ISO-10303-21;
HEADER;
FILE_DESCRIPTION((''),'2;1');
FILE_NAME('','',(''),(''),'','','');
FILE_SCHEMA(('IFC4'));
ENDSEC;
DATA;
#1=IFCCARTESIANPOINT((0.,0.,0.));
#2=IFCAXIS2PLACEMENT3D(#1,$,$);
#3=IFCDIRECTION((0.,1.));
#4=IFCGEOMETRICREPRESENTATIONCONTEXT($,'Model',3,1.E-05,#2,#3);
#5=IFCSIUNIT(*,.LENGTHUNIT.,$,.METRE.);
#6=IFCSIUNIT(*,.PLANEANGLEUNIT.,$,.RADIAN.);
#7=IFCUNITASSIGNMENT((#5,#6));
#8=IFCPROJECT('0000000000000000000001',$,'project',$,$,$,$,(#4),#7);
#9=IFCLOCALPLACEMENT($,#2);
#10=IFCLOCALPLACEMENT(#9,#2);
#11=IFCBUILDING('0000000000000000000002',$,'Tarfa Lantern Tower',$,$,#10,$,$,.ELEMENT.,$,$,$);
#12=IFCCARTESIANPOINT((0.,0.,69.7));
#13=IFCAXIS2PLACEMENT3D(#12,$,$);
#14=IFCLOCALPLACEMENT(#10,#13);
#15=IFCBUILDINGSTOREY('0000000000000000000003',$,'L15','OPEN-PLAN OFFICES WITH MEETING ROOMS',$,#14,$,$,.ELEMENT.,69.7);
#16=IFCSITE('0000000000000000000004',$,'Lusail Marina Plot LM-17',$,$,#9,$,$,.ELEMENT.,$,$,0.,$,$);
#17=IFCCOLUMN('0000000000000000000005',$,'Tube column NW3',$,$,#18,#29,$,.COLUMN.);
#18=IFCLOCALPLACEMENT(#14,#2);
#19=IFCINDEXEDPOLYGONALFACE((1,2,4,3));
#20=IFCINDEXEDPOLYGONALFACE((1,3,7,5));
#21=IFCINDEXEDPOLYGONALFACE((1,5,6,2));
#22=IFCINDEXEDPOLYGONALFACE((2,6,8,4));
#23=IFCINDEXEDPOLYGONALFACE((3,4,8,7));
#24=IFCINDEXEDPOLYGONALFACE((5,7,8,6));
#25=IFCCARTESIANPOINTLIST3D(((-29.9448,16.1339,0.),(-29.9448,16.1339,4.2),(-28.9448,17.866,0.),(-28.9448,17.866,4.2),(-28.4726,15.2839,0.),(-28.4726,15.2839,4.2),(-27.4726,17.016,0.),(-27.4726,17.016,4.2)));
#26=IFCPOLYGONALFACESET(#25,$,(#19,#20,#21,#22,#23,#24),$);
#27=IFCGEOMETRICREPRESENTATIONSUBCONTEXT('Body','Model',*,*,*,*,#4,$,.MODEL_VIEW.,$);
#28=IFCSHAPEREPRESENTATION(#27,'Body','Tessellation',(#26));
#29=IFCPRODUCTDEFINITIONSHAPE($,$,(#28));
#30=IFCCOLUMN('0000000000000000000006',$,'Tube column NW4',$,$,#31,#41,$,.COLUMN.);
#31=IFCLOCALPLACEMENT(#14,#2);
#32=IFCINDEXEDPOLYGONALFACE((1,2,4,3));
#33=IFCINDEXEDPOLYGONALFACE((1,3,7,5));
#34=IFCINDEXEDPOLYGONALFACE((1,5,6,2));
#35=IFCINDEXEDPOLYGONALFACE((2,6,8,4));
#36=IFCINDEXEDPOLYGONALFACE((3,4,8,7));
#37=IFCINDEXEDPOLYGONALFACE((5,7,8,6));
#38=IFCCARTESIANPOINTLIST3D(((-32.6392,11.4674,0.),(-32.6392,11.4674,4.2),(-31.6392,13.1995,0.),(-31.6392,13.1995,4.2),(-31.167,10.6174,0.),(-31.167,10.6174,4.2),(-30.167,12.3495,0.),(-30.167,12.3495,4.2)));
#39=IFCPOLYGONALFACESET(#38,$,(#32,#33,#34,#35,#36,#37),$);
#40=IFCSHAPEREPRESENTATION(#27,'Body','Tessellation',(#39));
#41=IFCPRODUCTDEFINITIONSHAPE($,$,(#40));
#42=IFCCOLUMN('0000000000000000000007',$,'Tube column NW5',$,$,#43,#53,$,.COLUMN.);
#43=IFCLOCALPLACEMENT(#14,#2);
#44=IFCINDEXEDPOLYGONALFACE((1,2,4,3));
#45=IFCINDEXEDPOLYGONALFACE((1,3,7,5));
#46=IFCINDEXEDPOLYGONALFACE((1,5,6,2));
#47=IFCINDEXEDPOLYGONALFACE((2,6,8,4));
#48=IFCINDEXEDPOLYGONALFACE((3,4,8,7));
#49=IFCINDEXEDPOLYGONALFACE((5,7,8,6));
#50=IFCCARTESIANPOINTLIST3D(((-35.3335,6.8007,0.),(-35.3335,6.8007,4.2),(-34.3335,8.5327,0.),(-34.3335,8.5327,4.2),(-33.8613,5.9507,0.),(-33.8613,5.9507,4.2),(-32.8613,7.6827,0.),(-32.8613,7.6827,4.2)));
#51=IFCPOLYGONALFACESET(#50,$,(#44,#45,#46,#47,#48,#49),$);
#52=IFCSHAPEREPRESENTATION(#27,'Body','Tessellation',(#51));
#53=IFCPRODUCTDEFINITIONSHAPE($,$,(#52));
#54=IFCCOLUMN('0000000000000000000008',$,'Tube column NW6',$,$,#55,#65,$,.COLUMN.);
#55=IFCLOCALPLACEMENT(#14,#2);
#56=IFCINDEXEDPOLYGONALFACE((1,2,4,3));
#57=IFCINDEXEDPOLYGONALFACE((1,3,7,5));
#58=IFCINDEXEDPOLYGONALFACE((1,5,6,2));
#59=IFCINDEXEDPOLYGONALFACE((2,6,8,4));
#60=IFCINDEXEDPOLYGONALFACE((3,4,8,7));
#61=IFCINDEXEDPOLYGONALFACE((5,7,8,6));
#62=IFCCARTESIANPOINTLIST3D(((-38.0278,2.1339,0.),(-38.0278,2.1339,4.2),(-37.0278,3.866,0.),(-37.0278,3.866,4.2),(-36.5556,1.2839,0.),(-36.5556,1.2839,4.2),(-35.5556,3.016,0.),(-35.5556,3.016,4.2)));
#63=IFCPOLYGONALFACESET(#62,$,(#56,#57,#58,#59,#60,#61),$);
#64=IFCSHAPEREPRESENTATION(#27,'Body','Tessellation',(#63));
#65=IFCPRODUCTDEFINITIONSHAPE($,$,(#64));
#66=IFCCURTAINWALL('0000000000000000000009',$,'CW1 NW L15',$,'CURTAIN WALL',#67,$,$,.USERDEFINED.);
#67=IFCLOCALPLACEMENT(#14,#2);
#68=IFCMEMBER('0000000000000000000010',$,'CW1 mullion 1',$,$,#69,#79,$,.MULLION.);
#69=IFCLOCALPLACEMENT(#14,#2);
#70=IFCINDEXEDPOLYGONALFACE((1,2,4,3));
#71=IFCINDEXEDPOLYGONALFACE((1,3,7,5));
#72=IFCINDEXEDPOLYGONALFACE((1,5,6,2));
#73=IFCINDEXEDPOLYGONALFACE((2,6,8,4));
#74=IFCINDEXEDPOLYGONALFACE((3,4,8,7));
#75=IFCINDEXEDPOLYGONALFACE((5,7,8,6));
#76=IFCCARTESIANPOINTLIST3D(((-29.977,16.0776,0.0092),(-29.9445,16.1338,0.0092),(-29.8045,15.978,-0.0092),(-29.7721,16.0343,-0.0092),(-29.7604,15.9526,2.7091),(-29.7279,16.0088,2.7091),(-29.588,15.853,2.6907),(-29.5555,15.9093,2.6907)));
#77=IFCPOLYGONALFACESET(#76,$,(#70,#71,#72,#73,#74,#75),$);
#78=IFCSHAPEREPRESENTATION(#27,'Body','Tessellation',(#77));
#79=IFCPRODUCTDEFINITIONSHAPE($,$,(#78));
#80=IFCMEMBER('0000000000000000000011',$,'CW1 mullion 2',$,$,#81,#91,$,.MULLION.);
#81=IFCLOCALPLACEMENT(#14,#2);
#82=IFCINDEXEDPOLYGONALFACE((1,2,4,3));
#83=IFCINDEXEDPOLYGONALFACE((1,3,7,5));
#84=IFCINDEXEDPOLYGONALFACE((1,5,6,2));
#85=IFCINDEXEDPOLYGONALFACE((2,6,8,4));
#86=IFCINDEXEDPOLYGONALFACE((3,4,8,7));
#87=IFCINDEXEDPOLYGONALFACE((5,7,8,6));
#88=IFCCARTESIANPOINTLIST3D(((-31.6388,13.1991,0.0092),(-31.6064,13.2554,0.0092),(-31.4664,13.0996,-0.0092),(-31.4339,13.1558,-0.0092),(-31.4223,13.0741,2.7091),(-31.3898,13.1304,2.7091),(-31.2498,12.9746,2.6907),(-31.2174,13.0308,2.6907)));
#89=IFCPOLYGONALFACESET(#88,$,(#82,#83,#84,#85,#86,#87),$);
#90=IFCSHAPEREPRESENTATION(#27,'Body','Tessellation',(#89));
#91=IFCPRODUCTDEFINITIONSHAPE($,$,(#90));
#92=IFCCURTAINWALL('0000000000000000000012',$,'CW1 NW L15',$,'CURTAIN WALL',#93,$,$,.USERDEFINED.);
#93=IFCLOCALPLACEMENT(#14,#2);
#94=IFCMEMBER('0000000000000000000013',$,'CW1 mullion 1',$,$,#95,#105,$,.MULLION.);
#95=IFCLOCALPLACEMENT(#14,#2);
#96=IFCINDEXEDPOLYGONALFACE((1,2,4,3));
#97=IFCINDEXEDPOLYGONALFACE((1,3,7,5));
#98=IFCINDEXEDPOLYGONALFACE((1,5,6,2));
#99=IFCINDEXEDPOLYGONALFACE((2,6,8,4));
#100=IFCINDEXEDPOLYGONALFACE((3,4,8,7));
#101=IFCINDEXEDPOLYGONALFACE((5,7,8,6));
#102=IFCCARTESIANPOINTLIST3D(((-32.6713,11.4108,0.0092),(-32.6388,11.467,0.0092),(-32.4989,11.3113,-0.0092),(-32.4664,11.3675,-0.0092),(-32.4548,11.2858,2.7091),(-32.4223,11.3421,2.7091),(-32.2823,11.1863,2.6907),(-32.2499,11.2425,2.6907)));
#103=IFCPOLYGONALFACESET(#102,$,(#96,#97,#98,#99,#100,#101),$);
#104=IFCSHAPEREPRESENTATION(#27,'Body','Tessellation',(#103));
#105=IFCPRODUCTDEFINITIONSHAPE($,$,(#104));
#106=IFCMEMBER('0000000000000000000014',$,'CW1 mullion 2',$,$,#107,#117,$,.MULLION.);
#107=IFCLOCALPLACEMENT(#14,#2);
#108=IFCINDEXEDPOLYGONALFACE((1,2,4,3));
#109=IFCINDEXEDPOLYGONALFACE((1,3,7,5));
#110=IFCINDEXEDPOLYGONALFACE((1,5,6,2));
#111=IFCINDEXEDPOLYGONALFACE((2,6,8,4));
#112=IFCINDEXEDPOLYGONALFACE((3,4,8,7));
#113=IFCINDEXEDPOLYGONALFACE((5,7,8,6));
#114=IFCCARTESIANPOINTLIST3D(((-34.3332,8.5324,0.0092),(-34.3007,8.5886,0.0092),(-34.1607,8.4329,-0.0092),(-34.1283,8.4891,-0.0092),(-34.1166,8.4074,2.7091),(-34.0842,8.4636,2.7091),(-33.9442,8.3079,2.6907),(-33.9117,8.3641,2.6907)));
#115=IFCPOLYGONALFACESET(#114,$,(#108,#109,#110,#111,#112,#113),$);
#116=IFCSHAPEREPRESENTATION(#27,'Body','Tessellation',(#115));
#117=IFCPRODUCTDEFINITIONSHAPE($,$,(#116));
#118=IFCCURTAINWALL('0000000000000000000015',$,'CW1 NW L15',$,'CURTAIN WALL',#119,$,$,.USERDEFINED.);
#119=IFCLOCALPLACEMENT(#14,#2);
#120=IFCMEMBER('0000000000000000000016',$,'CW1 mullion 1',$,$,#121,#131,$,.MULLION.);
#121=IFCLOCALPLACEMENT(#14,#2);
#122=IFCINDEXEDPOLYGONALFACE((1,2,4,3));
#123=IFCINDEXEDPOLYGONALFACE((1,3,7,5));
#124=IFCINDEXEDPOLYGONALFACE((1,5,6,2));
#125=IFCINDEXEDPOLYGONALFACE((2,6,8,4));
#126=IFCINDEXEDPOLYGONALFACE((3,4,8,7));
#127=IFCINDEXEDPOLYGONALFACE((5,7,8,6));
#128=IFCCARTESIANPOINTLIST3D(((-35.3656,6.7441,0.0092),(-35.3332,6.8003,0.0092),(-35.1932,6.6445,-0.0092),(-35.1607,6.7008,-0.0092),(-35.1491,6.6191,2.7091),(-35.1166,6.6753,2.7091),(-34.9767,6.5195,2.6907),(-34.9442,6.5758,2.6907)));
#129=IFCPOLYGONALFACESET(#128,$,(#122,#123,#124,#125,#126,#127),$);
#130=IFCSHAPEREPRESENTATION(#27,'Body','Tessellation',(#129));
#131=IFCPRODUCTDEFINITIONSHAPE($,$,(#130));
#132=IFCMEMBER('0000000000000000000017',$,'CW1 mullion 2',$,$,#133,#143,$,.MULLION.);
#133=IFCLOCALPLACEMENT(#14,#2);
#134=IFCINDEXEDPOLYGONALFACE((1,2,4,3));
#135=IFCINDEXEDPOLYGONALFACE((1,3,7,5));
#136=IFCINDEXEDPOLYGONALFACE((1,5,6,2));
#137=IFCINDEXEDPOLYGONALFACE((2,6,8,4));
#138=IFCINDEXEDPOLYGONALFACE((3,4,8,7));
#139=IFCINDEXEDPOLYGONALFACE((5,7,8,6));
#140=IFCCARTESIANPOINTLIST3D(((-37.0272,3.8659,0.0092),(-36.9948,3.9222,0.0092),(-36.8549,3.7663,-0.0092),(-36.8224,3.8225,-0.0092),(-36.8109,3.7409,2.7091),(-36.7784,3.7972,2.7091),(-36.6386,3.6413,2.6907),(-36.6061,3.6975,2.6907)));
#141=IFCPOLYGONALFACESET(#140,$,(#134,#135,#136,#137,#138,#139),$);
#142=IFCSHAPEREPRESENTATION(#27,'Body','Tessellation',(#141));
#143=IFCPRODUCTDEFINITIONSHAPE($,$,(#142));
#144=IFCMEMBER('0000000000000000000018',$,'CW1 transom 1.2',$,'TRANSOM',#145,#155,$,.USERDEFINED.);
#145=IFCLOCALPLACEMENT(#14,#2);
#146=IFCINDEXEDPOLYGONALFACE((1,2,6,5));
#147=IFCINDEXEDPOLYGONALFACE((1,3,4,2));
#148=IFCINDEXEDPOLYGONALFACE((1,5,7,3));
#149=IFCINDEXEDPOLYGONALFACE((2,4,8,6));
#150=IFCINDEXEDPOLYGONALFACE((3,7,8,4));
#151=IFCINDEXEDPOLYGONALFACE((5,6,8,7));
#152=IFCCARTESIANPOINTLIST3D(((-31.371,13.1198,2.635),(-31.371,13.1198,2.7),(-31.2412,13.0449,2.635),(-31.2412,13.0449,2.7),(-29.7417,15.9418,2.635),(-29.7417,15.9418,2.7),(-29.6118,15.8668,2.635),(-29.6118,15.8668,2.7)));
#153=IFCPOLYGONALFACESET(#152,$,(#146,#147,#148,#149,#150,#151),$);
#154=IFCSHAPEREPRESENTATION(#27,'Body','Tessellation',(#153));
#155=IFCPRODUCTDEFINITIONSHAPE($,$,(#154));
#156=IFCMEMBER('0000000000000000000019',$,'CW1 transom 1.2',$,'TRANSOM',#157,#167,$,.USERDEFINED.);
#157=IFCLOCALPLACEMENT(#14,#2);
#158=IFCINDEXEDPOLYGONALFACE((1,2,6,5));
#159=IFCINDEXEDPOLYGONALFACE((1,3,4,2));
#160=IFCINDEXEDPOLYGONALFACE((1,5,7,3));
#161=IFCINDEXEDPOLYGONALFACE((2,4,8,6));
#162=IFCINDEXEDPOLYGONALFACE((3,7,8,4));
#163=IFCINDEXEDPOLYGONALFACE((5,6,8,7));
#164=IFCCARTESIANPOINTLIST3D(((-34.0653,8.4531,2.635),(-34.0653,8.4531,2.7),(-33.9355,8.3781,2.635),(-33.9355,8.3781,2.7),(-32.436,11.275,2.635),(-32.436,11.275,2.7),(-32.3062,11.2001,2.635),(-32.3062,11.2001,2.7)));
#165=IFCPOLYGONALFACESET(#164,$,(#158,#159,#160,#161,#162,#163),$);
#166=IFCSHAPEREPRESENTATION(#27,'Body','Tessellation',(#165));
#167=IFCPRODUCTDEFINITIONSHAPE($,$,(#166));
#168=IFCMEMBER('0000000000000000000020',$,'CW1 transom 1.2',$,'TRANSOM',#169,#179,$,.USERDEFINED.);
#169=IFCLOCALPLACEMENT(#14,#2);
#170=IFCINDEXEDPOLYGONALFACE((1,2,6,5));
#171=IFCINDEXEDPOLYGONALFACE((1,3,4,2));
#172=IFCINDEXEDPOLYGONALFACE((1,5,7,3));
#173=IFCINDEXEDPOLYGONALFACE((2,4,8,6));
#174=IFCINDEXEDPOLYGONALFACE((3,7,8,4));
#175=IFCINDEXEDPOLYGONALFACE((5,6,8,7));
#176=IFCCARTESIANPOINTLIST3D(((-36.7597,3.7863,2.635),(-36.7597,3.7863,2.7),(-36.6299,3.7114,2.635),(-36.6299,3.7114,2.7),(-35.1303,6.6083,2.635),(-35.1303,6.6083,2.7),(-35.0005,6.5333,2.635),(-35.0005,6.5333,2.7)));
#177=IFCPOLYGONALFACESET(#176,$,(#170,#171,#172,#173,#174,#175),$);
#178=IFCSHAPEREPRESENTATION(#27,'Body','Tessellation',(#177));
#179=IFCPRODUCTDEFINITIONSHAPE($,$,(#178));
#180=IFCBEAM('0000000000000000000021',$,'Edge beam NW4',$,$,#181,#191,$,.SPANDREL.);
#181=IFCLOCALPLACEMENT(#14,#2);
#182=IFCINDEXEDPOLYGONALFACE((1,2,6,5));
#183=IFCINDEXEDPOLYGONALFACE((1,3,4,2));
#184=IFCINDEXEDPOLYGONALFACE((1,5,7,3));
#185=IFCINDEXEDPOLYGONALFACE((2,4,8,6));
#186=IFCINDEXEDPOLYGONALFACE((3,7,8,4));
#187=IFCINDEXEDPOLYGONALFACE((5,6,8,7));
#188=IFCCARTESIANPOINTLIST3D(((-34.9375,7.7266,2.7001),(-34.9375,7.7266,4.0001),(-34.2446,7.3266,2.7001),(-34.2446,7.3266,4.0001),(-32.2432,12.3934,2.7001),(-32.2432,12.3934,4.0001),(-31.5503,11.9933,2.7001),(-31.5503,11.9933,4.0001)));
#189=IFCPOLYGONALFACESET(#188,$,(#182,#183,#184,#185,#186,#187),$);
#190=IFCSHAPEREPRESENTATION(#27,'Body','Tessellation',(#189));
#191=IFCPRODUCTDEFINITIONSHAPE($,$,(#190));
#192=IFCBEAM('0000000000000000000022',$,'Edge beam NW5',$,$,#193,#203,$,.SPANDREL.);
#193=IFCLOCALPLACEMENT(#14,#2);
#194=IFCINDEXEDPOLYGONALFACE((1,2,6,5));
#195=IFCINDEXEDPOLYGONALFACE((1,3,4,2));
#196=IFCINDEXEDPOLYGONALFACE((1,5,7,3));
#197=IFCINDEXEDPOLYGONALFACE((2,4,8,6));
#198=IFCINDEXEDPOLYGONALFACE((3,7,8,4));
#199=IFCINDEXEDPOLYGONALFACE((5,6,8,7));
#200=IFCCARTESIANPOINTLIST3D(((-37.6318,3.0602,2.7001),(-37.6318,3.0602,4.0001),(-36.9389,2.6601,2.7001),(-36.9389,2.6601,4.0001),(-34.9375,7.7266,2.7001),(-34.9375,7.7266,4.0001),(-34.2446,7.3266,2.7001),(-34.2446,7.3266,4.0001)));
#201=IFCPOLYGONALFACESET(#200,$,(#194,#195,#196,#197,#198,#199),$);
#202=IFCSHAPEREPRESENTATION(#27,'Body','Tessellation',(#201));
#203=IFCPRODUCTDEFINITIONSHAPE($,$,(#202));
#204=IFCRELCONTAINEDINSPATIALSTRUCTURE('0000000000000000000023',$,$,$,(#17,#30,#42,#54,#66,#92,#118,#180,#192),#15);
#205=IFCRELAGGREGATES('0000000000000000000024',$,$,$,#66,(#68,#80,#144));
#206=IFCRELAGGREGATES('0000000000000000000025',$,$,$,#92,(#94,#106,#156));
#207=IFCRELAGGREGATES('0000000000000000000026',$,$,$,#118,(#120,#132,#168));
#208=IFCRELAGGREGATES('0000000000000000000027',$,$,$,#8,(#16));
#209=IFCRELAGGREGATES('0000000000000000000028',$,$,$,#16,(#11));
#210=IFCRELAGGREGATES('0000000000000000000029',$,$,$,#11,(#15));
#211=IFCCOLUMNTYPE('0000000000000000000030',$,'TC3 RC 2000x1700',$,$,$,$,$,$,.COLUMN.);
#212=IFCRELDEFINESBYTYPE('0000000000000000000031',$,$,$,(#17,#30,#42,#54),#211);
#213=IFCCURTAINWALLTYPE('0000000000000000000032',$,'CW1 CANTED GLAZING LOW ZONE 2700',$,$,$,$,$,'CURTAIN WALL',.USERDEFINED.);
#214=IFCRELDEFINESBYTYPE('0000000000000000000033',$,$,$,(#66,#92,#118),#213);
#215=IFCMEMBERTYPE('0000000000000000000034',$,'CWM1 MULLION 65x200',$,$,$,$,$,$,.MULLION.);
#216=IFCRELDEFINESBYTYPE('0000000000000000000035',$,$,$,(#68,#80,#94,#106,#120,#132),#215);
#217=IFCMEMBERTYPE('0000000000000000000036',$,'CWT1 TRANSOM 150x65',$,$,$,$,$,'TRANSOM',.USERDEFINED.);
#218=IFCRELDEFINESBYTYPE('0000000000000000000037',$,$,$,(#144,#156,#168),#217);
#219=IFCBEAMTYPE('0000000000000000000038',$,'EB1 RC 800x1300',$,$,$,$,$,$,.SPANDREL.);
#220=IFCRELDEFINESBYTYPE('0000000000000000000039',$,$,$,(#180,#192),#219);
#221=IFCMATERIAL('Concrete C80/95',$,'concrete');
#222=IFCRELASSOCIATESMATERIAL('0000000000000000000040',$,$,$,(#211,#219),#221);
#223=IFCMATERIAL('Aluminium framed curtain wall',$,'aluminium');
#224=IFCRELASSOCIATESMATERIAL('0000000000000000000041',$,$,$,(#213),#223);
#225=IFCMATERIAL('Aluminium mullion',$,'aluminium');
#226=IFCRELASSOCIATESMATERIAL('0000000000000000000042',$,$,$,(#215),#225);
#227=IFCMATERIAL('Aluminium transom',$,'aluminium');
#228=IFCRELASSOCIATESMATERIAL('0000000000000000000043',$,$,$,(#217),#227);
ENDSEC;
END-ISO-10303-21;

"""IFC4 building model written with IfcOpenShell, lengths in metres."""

from ifc_helpers import new_model, si_unit, direction, frame, origin, origin_2d, place, context, subcontext, project, spatial, rectangle, extrude, material, material_profile, profile_set, type_object, element, aggregate, save


model = new_model("IFC4")

# Units and contexts
model_context = context("Model", 3, precision=1e-05, world=origin(), true_north=direction((0.0, 1.0)))
body_context = subcontext(model_context, "Body", "Model", "MODEL_VIEW")
ifc_project = project(units=[si_unit("LENGTHUNIT", "METRE"), si_unit("PLANEANGLEUNIT", "RADIAN")], contexts=[model_context])

# Site, building, storey
site_placement = place(None, origin())
site = spatial("IfcSite", under=ifc_project, at=site_placement, Name="Lusail Marina Plot LM-17", CompositionType="ELEMENT", RefElevation=0.0)
building_placement = place(site_placement, origin())
building = spatial("IfcBuilding", under=site, at=building_placement, Name="Tarfa Lantern Tower", CompositionType="ELEMENT")
storey_placement = place(building_placement, frame((0.0, 0.0, 69.7)))
storey = spatial("IfcBuildingStorey", under=building, at=storey_placement, Name="L15", Description="OPEN-PLAN OFFICES WITH MEETING ROOMS", CompositionType="ELEMENT", Elevation=69.7)

# Columns
ifc_material_1 = material(Name="Concrete C80/95", Category="concrete")
ifc_material_profile_1 = material_profile(ifc_material_1, rectangle(XDim=2.0, YDim=1.7, at=origin_2d()), Name="RC 2000x1700")
ifc_profile_set_1 = profile_set([ifc_material_profile_1], Name="Concrete C80/95")
column_type = type_object("IfcColumnType", Name="TC3 RC 2000x1700", PredefinedType="COLUMN", material=ifc_profile_set_1)
for number, where, z_axis, x_axis, name in (
    (1, (-28.7087, 16.575, 0.0), (0.0, 0.0, 1.0), (-0.5, -0.866025, 0.0), "Tube column NW3"),
    (2, (-31.4031, 11.9084, 0.0), (0.0, 0.0, 1.0), (-0.5, -0.866025, 0.0), "Tube column NW4"),
    (3, (-34.0974, 7.2417, 0.0), (0.0, 0.0, 1.0), (-0.5, -0.866025, 0.0), "Tube column NW5"),
    (4, (-36.7917, 2.575, 0.0), (0.0, 0.0, 1.0), (-0.5, -0.866025, 0.0), "Tube column NW6"),
):
    element("IfcColumn", number, at=place(storey_placement, frame(where, z_axis=z_axis, x_axis=x_axis)), inside=storey, type_object=column_type, Name=name, PredefinedType="COLUMN", context=body_context, shape_type="SweptSolid", body=[
        extrude(rectangle(XDim=2.0, YDim=1.7, at=origin_2d()), origin(), (0.0, 0.0, 1.0), 4.2),
    ])

# Curtain walls, members
ifc_material_2 = material(Name="Aluminium framed curtain wall", Category="aluminium")
curtain_wall_type = type_object("IfcCurtainWallType", Name="CW1 CANTED GLAZING LOW ZONE 2700", ElementType="CURTAIN WALL", PredefinedType="USERDEFINED", material=ifc_material_2)
curtain_wall_1_placement = place(storey_placement, origin())
curtain_wall_1 = element("IfcCurtainWall", 5, at=curtain_wall_1_placement, inside=storey, type_object=curtain_wall_type, Name="CW1 NW L15", ObjectType="CURTAIN WALL", PredefinedType="USERDEFINED")
ifc_material_3 = material(Name="Aluminium mullion", Category="aluminium")
ifc_material_profile_2 = material_profile(ifc_material_3, rectangle(XDim=0.0649, YDim=0.2, at=origin_2d()), Name="AL MULLION 65x200")
ifc_profile_set_2 = profile_set([ifc_material_profile_2], Name="Aluminium mullion")
member_type_1 = type_object("IfcMemberType", Name="CWM1 MULLION 65x200", PredefinedType="MULLION", material=ifc_profile_set_2)
member_1_placement = place(storey_placement, frame((-29.8745, 16.0559, 0.0), z_axis=(0.079864, -0.0461, 0.995739), x_axis=(0.49992, 0.866072, 0.0)))
member_1 = element("IfcMember", 6, at=member_1_placement, type_object=member_type_1, Name="CW1 mullion 1", PredefinedType="MULLION", context=body_context, shape_type="SweptSolid", body=[
    extrude(rectangle(XDim=0.0649, YDim=0.2, at=origin_2d()), origin(), (0.0, 0.0, 1.0), 2.7114),
])
member_2_placement = place(storey_placement, frame((-31.5364, 13.1775, 0.0), z_axis=(0.079864, -0.0461, 0.995739), x_axis=(0.49992, 0.866072, 0.0)))
member_2 = element("IfcMember", 7, at=member_2_placement, type_object=member_type_1, Name="CW1 mullion 2", PredefinedType="MULLION", context=body_context, shape_type="SweptSolid", body=[
    extrude(rectangle(XDim=0.0649, YDim=0.2, at=origin_2d()), origin(), (0.0, 0.0, 1.0), 2.7114),
])
curtain_wall_2_placement = place(storey_placement, origin())
curtain_wall_2 = element("IfcCurtainWall", 8, at=curtain_wall_2_placement, inside=storey, type_object=curtain_wall_type, Name="CW1 NW L15", ObjectType="CURTAIN WALL", PredefinedType="USERDEFINED")
member_3_placement = place(storey_placement, frame((-32.5688, 11.3892, 0.0), z_axis=(0.079864, -0.0461, 0.995739), x_axis=(0.49992, 0.866072, 0.0)))
member_3 = element("IfcMember", 9, at=member_3_placement, type_object=member_type_1, Name="CW1 mullion 1", PredefinedType="MULLION", context=body_context, shape_type="SweptSolid", body=[
    extrude(rectangle(XDim=0.0649, YDim=0.2, at=origin_2d()), origin(), (0.0, 0.0, 1.0), 2.7114),
])
member_4_placement = place(storey_placement, frame((-34.2307, 8.5107, 0.0), z_axis=(0.079864, -0.0461, 0.995739), x_axis=(0.49992, 0.866072, 0.0)))
member_4 = element("IfcMember", 10, at=member_4_placement, type_object=member_type_1, Name="CW1 mullion 2", PredefinedType="MULLION", context=body_context, shape_type="SweptSolid", body=[
    extrude(rectangle(XDim=0.0649, YDim=0.2, at=origin_2d()), origin(), (0.0, 0.0, 1.0), 2.7114),
])
curtain_wall_3_placement = place(storey_placement, origin())
curtain_wall_3 = element("IfcCurtainWall", 11, at=curtain_wall_3_placement, inside=storey, type_object=curtain_wall_type, Name="CW1 NW L15", ObjectType="CURTAIN WALL", PredefinedType="USERDEFINED")
member_5_placement = place(storey_placement, frame((-35.2632, 6.7224, 0.0), z_axis=(0.079864, -0.0461, 0.995739), x_axis=(0.49992, 0.866072, 0.0)))
member_5 = element("IfcMember", 12, at=member_5_placement, type_object=member_type_1, Name="CW1 mullion 1", PredefinedType="MULLION", context=body_context, shape_type="SweptSolid", body=[
    extrude(rectangle(XDim=0.0649, YDim=0.2, at=origin_2d()), origin(), (0.0, 0.0, 1.0), 2.7114),
])
member_6_placement = place(storey_placement, frame((-36.9248, 3.8442, 0.0), z_axis=(0.079775, -0.0461, 0.995746), x_axis=(0.500343, 0.865827, 0.0)))
member_6 = element("IfcMember", 13, at=member_6_placement, type_object=member_type_1, Name="CW1 mullion 2", PredefinedType="MULLION", context=body_context, shape_type="SweptSolid", body=[
    extrude(rectangle(XDim=0.0649, YDim=0.2, at=origin_2d()), origin(), (0.0, 0.0, 1.0), 2.7114),
])

# Members
ifc_material_4 = material(Name="Aluminium transom", Category="aluminium")
ifc_material_profile_3 = material_profile(ifc_material_4, rectangle(XDim=0.1499, YDim=0.0649, at=origin_2d()), Name="AL TRANSOM 150x65")
ifc_profile_set_3 = profile_set([ifc_material_profile_3], Name="Aluminium transom")
member_type_2 = type_object("IfcMemberType", Name="CWT1 TRANSOM 150x65", ElementType="TRANSOM", PredefinedType="USERDEFINED", material=ifc_profile_set_3)
member_7_placement = place(storey_placement, frame((-29.6768, 15.9043, 2.6675), z_axis=(-0.500023, -0.866012, 0.0), x_axis=(0.866012, -0.500023, 0.0)))
member_7 = element("IfcMember", 14, at=member_7_placement, type_object=member_type_2, Name="CW1 transom 1.2", ObjectType="TRANSOM", PredefinedType="USERDEFINED", context=body_context, shape_type="SweptSolid", body=[
    extrude(rectangle(XDim=0.1499, YDim=0.0649, at=origin_2d()), origin(), (0.0, 0.0, 1.0), 3.2585),
])
member_8_placement = place(storey_placement, frame((-32.3711, 11.2375, 2.6675), z_axis=(-0.500023, -0.866012, 0.0), x_axis=(0.866012, -0.500023, 0.0)))
member_8 = element("IfcMember", 15, at=member_8_placement, type_object=member_type_2, Name="CW1 transom 1.2", ObjectType="TRANSOM", PredefinedType="USERDEFINED", context=body_context, shape_type="SweptSolid", body=[
    extrude(rectangle(XDim=0.1499, YDim=0.0649, at=origin_2d()), origin(), (0.0, 0.0, 1.0), 3.2585),
])
member_9_placement = place(storey_placement, frame((-35.0654, 6.5708, 2.6675), z_axis=(-0.500023, -0.866012, 0.0), x_axis=(0.866012, -0.500023, 0.0)))
member_9 = element("IfcMember", 16, at=member_9_placement, type_object=member_type_2, Name="CW1 transom 1.2", ObjectType="TRANSOM", PredefinedType="USERDEFINED", context=body_context, shape_type="SweptSolid", body=[
    extrude(rectangle(XDim=0.1499, YDim=0.0649, at=origin_2d()), origin(), (0.0, 0.0, 1.0), 3.2585),
])

# Beams
ifc_material_profile_4 = material_profile(ifc_material_1, rectangle(XDim=0.8, YDim=1.3, at=origin_2d()), Name="RC 800x1300")
ifc_profile_set_4 = profile_set([ifc_material_profile_4], Name="Concrete C80/95")
beam_type_1 = type_object("IfcBeamType", Name="EB1 RC 800x1300", PredefinedType="SPANDREL", material=ifc_profile_set_4)
beam_1_placement = place(storey_placement, frame((-31.8967, 12.1934, 3.3501), z_axis=(-0.499998, -0.866026, 0.0), x_axis=(0.866026, -0.499998, 0.0)))
element("IfcBeam", 17, at=beam_1_placement, inside=storey, type_object=beam_type_1, Name="Edge beam NW4", PredefinedType="SPANDREL", context=body_context, shape_type="SweptSolid", body=[
    extrude(rectangle(XDim=0.8, YDim=1.3, at=origin_2d()), origin(), (0.0, 0.0, 1.0), 5.3887),
])
beam_2_placement = place(storey_placement, frame((-34.5911, 7.5266, 3.3501), z_axis=(-0.500018, -0.866015, 0.0), x_axis=(0.866015, -0.500018, 0.0)))
element("IfcBeam", 18, at=beam_2_placement, inside=storey, type_object=beam_type_1, Name="Edge beam NW5", PredefinedType="SPANDREL", context=body_context, shape_type="SweptSolid", body=[
    extrude(rectangle(XDim=0.8, YDim=1.3, at=origin_2d()), origin(), (0.0, 0.0, 1.0), 5.3884),
])

aggregate(curtain_wall_1, [member_1, member_2, member_7])
aggregate(curtain_wall_2, [member_3, member_4, member_8])
aggregate(curtain_wall_3, [member_5, member_6, member_9])

save(model, "model.ifc")
